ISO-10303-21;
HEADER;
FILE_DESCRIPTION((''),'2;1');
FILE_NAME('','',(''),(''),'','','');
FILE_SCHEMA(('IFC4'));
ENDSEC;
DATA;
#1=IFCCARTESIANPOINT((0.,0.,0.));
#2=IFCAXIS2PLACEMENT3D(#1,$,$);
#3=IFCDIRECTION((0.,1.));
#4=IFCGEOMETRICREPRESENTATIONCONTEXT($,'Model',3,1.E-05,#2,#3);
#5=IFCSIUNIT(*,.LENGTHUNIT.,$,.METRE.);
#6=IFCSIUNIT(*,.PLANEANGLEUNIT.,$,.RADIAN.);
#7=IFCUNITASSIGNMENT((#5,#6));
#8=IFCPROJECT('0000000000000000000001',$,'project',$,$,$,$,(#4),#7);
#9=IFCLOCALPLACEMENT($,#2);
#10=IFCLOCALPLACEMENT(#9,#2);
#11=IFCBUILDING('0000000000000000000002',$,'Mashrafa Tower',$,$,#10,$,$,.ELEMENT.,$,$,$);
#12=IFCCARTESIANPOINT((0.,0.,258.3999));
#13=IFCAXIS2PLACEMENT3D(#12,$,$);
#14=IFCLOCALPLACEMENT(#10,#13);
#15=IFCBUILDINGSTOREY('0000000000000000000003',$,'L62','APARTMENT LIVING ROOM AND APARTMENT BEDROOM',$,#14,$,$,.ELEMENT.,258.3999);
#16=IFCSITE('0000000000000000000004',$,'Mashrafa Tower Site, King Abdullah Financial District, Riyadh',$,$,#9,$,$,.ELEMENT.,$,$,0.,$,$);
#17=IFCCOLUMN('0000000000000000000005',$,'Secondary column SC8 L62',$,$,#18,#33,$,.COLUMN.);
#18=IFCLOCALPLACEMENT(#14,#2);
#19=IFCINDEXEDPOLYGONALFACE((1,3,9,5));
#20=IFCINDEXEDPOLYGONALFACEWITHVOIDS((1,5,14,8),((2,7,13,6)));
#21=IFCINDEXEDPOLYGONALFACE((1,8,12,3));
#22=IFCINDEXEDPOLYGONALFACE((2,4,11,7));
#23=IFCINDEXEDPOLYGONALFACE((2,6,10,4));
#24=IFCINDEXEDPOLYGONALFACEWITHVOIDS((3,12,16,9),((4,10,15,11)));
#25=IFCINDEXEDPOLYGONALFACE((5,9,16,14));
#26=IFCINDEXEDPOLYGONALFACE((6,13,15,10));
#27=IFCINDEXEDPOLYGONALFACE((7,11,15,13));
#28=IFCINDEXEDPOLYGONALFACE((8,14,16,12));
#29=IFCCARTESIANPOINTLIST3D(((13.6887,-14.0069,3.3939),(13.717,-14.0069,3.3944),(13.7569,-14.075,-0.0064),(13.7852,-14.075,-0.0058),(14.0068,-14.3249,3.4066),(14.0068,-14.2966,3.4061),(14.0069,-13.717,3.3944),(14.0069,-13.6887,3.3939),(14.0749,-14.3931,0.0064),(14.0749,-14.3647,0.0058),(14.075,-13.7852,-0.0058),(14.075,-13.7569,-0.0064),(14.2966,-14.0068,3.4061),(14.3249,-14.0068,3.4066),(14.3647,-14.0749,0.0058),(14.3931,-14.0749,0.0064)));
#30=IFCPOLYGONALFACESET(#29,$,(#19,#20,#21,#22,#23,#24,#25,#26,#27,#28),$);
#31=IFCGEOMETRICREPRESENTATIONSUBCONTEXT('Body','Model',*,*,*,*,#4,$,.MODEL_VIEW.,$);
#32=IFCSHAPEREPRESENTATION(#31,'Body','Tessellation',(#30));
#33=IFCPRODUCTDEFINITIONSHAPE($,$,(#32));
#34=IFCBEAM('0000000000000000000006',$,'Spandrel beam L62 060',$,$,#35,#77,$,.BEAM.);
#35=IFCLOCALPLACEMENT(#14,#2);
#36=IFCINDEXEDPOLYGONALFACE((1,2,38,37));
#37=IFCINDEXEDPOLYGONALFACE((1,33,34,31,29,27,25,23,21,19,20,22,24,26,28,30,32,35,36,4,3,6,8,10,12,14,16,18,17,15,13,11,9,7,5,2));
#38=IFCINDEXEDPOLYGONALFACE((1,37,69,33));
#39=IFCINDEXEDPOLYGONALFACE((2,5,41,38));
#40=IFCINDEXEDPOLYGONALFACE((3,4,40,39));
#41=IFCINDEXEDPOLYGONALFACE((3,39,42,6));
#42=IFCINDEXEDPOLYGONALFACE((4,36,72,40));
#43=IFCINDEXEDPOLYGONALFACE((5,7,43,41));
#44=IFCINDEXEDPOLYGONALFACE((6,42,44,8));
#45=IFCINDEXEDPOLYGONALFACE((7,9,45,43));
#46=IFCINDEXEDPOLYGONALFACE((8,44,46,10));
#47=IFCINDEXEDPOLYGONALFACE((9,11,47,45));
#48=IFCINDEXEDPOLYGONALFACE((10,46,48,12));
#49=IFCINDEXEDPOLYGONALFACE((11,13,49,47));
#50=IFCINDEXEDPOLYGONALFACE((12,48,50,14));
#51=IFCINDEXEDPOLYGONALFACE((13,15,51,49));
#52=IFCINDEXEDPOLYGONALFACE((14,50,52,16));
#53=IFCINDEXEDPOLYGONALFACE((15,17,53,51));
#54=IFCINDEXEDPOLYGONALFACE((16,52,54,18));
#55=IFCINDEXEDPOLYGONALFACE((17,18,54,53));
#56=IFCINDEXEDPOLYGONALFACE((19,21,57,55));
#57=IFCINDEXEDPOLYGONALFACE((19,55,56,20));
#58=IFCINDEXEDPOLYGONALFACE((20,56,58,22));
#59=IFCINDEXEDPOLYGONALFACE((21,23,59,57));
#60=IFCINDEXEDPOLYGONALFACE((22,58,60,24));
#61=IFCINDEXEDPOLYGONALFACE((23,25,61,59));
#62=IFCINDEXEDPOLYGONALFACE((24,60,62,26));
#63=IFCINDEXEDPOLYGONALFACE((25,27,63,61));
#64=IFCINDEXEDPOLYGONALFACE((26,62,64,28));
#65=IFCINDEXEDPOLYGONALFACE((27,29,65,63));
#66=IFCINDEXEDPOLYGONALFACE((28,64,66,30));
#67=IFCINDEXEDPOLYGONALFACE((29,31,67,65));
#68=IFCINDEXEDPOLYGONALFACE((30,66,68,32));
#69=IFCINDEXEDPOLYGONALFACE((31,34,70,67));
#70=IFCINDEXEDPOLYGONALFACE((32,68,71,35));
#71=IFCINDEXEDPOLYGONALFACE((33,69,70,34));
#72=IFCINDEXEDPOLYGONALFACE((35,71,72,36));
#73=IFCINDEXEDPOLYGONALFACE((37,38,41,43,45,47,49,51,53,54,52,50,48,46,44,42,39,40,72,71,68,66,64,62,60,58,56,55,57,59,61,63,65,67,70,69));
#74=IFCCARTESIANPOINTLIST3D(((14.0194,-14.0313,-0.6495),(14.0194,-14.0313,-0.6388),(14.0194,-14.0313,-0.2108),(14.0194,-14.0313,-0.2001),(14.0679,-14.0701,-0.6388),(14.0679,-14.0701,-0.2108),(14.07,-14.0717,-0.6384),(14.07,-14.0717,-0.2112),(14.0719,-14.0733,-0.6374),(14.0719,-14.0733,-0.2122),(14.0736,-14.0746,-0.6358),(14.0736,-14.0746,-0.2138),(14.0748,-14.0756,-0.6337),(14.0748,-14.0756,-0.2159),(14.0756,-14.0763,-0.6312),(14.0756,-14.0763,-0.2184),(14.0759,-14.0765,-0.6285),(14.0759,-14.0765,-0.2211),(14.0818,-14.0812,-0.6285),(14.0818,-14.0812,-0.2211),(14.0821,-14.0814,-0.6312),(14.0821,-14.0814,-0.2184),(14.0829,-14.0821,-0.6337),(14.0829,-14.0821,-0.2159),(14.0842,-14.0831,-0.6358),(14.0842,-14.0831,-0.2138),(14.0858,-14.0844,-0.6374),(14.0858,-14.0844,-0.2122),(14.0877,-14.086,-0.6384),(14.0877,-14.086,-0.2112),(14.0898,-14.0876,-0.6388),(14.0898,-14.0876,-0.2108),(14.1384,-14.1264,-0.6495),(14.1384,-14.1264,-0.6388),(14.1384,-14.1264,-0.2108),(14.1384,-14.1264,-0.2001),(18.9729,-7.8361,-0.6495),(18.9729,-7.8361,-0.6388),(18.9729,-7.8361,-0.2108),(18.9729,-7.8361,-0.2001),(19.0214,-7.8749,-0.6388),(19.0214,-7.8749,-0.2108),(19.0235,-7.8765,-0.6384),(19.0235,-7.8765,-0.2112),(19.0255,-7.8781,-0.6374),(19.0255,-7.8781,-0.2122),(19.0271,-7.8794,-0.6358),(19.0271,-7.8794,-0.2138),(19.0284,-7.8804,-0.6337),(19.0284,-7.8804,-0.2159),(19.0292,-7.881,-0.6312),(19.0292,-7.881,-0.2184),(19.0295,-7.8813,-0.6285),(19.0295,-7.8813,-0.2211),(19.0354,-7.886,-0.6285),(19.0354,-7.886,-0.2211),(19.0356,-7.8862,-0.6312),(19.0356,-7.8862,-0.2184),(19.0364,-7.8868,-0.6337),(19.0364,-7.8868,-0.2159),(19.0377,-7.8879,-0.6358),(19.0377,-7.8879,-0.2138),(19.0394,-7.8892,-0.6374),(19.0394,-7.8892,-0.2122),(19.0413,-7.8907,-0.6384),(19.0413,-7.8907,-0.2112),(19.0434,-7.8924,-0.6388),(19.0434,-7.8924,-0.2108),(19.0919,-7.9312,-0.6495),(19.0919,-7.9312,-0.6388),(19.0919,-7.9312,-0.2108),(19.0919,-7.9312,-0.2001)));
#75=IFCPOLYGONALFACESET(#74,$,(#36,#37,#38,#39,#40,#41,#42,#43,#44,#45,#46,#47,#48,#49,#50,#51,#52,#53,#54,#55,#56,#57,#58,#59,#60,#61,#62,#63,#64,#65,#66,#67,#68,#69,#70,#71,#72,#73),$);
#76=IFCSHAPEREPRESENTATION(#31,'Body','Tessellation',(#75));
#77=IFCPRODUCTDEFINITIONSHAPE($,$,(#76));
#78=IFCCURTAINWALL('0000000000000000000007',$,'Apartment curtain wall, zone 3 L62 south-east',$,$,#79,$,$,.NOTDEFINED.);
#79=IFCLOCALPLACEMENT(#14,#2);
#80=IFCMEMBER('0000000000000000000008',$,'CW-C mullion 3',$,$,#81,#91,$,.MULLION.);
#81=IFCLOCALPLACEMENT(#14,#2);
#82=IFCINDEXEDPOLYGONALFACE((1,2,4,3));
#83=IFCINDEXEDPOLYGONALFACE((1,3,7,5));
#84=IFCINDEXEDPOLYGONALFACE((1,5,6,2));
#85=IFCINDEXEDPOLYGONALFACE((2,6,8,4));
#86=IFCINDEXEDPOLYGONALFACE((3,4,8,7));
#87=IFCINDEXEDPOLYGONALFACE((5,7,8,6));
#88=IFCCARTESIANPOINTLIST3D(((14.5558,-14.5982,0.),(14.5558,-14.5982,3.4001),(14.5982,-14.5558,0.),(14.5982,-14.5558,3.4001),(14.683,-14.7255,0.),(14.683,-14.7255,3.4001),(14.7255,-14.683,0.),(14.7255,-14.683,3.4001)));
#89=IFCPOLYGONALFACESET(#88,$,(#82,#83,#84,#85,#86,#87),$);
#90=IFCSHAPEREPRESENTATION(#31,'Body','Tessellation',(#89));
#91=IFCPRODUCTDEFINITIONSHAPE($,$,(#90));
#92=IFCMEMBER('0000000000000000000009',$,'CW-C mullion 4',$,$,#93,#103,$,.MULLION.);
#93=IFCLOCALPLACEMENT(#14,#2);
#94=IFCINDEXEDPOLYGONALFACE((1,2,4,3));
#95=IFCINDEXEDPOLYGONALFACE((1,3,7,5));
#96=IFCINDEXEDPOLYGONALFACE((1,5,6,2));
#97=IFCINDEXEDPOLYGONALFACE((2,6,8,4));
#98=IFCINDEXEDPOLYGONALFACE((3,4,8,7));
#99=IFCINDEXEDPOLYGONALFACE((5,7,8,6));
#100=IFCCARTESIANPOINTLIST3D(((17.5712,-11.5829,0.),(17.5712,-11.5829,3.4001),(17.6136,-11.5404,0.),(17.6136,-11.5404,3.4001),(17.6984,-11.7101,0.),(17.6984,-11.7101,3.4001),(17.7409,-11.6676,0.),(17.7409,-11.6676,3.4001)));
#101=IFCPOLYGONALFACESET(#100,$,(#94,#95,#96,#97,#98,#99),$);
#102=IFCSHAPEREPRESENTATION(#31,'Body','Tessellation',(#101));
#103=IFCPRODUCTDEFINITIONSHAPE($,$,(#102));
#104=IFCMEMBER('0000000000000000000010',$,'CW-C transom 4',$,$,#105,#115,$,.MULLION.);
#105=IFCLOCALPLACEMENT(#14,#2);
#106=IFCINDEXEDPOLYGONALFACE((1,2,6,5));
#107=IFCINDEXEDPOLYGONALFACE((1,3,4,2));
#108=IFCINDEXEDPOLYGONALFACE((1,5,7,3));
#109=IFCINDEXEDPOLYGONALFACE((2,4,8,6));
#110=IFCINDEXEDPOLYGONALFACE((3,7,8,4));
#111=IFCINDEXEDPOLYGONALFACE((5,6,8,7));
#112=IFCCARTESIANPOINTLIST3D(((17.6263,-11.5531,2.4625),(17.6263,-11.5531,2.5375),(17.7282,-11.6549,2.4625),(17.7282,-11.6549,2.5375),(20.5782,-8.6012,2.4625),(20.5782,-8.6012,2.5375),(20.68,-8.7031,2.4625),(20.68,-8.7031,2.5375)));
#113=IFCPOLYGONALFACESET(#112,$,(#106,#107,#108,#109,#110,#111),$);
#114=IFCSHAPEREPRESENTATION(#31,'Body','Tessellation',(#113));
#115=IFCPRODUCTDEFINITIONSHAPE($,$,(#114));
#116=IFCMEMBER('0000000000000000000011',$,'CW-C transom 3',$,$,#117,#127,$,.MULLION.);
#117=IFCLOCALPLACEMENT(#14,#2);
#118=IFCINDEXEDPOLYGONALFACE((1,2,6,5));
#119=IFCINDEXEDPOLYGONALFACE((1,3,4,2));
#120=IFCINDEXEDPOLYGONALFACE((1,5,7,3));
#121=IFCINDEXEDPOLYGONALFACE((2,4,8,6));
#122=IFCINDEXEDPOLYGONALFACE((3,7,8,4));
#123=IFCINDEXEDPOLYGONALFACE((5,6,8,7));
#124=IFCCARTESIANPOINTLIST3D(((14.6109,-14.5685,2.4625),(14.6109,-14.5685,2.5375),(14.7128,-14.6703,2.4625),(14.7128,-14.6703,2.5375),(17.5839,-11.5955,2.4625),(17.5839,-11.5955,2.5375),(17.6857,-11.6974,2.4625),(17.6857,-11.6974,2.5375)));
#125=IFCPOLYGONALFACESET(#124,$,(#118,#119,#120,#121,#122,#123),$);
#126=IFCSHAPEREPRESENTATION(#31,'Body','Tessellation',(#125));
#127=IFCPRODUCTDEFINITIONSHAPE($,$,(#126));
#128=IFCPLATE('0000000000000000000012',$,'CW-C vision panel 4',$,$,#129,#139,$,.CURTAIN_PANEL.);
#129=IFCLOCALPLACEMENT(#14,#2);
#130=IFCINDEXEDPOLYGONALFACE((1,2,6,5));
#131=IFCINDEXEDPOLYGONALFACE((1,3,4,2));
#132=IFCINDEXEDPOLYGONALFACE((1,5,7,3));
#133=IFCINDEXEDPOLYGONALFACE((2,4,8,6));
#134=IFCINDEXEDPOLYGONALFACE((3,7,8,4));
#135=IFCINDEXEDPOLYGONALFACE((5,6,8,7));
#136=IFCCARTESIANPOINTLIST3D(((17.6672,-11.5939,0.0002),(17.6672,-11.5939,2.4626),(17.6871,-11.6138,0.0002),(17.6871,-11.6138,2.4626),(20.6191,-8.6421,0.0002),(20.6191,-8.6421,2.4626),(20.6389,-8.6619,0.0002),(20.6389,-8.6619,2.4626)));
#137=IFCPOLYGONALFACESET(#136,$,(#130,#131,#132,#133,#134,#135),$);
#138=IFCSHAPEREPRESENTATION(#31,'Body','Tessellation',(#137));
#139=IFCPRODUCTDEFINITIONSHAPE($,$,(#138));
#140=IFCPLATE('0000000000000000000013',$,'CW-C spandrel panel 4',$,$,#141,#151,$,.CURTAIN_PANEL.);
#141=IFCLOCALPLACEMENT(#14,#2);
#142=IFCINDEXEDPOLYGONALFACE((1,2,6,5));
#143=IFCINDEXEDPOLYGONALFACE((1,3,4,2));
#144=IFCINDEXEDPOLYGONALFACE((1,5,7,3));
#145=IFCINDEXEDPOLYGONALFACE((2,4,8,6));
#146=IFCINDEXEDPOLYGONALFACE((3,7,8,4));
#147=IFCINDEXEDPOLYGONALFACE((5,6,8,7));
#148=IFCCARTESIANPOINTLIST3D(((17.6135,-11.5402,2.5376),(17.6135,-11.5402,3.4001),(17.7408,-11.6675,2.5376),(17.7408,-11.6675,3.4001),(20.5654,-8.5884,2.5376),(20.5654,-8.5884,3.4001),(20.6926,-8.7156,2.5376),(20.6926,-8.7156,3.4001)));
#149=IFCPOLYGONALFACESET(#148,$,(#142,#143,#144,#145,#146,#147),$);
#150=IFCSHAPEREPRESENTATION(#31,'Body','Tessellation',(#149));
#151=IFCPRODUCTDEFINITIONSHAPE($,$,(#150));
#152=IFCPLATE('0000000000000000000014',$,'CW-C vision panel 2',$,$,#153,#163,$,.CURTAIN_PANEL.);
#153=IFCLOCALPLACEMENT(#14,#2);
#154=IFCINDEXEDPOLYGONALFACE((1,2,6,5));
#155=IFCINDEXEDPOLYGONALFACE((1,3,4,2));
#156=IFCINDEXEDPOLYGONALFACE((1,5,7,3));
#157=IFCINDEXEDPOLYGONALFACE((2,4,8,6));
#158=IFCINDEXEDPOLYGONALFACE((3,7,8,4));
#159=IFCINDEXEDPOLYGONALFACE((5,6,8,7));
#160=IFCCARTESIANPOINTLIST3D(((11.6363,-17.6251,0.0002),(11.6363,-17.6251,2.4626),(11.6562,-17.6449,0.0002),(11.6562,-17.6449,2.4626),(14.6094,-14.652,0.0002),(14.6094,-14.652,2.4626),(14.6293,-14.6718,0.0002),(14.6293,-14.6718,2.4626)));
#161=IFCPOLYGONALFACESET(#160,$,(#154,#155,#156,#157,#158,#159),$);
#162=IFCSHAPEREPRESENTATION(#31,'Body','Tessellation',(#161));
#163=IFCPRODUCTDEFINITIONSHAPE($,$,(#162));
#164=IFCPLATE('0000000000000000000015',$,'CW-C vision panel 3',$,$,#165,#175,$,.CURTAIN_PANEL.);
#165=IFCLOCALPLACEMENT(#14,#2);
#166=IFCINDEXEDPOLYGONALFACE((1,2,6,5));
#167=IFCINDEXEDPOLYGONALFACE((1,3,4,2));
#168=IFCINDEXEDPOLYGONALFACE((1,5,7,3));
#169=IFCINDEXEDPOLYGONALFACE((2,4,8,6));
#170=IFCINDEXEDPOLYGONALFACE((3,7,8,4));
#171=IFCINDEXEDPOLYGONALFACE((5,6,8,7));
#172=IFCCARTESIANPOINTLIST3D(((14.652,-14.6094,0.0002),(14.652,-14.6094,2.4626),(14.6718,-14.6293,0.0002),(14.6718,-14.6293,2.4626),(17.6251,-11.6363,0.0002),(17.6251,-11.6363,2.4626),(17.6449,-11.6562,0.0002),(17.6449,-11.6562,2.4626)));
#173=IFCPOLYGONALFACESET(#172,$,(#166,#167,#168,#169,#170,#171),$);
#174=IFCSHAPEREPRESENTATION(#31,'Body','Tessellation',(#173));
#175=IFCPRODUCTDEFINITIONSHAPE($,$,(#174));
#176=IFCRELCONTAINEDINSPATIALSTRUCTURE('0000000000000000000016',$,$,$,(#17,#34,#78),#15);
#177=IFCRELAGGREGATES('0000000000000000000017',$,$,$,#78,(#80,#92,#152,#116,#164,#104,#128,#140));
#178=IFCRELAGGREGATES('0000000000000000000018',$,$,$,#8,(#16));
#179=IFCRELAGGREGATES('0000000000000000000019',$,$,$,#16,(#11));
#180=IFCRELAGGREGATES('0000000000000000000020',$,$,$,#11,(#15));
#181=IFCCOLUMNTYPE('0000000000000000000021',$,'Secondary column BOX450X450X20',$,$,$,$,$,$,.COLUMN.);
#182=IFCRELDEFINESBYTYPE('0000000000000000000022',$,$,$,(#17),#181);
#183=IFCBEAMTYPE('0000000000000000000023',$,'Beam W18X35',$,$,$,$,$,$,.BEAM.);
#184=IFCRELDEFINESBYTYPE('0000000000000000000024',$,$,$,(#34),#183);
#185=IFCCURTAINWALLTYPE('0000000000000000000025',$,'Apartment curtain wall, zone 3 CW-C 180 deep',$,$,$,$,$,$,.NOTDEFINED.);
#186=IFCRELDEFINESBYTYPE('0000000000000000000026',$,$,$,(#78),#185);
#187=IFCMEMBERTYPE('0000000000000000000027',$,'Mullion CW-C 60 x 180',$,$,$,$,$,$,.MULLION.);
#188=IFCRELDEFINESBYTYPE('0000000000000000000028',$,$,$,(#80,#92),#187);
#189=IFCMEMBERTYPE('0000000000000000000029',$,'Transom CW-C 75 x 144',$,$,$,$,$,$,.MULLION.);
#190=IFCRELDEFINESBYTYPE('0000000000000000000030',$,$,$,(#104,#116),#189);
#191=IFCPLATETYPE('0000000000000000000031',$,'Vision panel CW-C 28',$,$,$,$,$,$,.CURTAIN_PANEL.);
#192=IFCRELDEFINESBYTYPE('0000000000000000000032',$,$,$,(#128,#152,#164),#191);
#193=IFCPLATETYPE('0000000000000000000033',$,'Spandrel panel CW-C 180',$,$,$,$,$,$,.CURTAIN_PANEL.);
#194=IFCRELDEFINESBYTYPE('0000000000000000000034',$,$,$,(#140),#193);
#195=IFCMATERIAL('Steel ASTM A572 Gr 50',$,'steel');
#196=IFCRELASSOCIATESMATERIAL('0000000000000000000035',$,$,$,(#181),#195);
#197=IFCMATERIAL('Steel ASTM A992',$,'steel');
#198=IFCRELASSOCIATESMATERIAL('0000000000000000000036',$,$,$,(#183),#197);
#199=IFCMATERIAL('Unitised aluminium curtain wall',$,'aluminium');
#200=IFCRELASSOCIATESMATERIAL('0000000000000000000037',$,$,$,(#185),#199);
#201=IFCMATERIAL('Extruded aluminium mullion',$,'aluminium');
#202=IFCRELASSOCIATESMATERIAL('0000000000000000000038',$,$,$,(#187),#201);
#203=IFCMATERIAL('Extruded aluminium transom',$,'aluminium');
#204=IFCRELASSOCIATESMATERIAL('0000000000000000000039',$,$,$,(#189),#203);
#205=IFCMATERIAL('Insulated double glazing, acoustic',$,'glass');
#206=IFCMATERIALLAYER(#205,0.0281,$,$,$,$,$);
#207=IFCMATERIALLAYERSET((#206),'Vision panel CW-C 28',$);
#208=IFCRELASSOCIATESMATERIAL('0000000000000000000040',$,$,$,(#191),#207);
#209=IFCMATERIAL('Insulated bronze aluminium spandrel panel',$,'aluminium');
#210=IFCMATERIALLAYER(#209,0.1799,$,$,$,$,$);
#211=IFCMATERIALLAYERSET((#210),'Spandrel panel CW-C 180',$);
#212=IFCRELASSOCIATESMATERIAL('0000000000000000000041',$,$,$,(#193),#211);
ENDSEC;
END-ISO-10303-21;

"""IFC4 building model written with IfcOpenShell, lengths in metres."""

from ifc_helpers import new_model, si_unit, direction, frame, origin, origin_2d, place, context, subcontext, project, spatial, rectangle, hollow_rectangle, i_section, extrude, source, transform, mapped, material, layer, layer_set, material_profile, profile_set, type_object, type_shapes, element, aggregate, save


model = new_model("IFC4")

# Units and contexts
model_context = context("Model", 3, precision=1e-05, world=origin(), true_north=direction((0.0, 1.0)))
body_context = subcontext(model_context, "Body", "Model", "MODEL_VIEW")
ifc_project = project(units=[si_unit("LENGTHUNIT", "METRE"), si_unit("PLANEANGLEUNIT", "RADIAN")], contexts=[model_context])

# Site, building, storey
site_placement = place(None, origin())
site = spatial("IfcSite", under=ifc_project, at=site_placement, Name="Mashrafa Tower Site, King Abdullah Financial District, Riyadh", CompositionType="ELEMENT", RefElevation=0.0)
building_placement = place(site_placement, origin())
building = spatial("IfcBuilding", under=site, at=building_placement, Name="Mashrafa Tower", CompositionType="ELEMENT")
storey_placement = place(building_placement, frame((0.0, 0.0, 258.3999)))
storey = spatial("IfcBuildingStorey", under=building, at=storey_placement, Name="L62", Description="APARTMENT LIVING ROOM AND APARTMENT BEDROOM", CompositionType="ELEMENT", Elevation=258.3999)

# Column
ifc_material_1 = material(Name="Steel ASTM A572 Gr 50", Category="steel")
ifc_material_profile_1 = material_profile(ifc_material_1, hollow_rectangle(XDim=0.45, YDim=0.45, WallThickness=0.02, at=origin_2d()), Name="BOX450X450X20")
ifc_profile_set_1 = profile_set([ifc_material_profile_1], Name="Steel ASTM A572 Gr 50")
column_type = type_object("IfcColumnType", Name="Secondary column BOX450X450X20", PredefinedType="COLUMN", material=ifc_profile_set_1)
column_placement = place(storey_placement, frame((14.075, -14.075, 0.0), z_axis=(-0.020025, 0.020025, 0.999599), x_axis=(-0.707107, -0.707107, 0.0)))
element("IfcColumn", 1, at=column_placement, inside=storey, type_object=column_type, Name="Secondary column SC8 L62", PredefinedType="COLUMN", context=body_context, shape_type="SweptSolid", body=[
    extrude(hollow_rectangle(XDim=0.45, YDim=0.45, WallThickness=0.02, at=origin_2d()), origin(), (0.0, 0.0, 1.0), 3.4016),
])

# Beam
ifc_material_2 = material(Name="Steel ASTM A992", Category="steel")
ifc_material_profile_2 = material_profile(ifc_material_2, i_section(OverallWidth=0.1523, OverallDepth=0.4495, WebThickness=0.0076, FlangeThickness=0.0107, FilletRadius=0.0103, at=origin_2d()), Name="W18X35")
ifc_profile_set_2 = profile_set([ifc_material_profile_2], Name="Steel ASTM A992")
beam_type = type_object("IfcBeamType", Name="Beam W18X35", PredefinedType="BEAM", material=ifc_profile_set_2)
beam_placement = place(storey_placement, frame((14.0789, -14.0789, -0.4248), z_axis=(0.624492, 0.781031, 0.0), x_axis=(-0.781031, 0.624492, 0.0)))
element("IfcBeam", 2, at=beam_placement, inside=storey, type_object=beam_type, Name="Spandrel beam L62 060", PredefinedType="BEAM", context=body_context, shape_type="SweptSolid", body=[
    extrude(i_section(OverallWidth=0.1523, OverallDepth=0.4495, WebThickness=0.0076, FlangeThickness=0.0107, FilletRadius=0.0103, at=origin_2d()), origin(), (0.0, 0.0, 1.0), 7.9321),
])

# Curtain wall, members, plates
ifc_material_3 = material(Name="Unitised aluminium curtain wall", Category="aluminium")
curtain_wall_type = type_object("IfcCurtainWallType", Name="Apartment curtain wall, zone 3 CW-C 180 deep", PredefinedType="NOTDEFINED", material=ifc_material_3)
curtain_wall_placement = place(storey_placement, origin())
curtain_wall = element("IfcCurtainWall", 3, at=curtain_wall_placement, inside=storey, type_object=curtain_wall_type, Name="Apartment curtain wall, zone 3 L62 south-east", PredefinedType="NOTDEFINED")
ifc_material_4 = material(Name="Extruded aluminium mullion", Category="aluminium")
ifc_material_profile_3 = material_profile(ifc_material_4, rectangle(XDim=0.1799, YDim=0.0601, at=origin_2d()), Name="Mullion 60x180")
ifc_profile_set_3 = profile_set([ifc_material_profile_3], Name="Extruded aluminium mullion")
member_type_1 = type_object("IfcMemberType", Name="Mullion CW-C 60 x 180", PredefinedType="MULLION", material=ifc_profile_set_3)
shared_shape_1 = source(origin(), body_context, "Body", "SweptSolid", [
    extrude(rectangle(XDim=0.1799, YDim=0.0601, at=origin_2d()), origin(), (0.0, 0.0, 1.0), 3.4001),
])
type_shapes(member_type_1, [shared_shape_1])
member_1_placement = place(storey_placement, frame((14.6406, -14.6406, 0.0), z_axis=(0.0, 0.0, 1.0), x_axis=(-0.707107, 0.707107, 0.0)))
member_1 = element("IfcMember", 4, at=member_1_placement, type_object=member_type_1, Name="CW-C mullion 3", PredefinedType="MULLION", context=body_context, shape_type="MappedRepresentation", body=[
    mapped(shared_shape_1, transform((0.0, 0.0, 0.0))),
])
member_2_placement = place(storey_placement, frame((17.656, -11.6252, 0.0), z_axis=(0.0, 0.0, 1.0), x_axis=(-0.707107, 0.707107, 0.0)))
member_2 = element("IfcMember", 5, at=member_2_placement, type_object=member_type_1, Name="CW-C mullion 4", PredefinedType="MULLION", context=body_context, shape_type="MappedRepresentation", body=[
    mapped(shared_shape_1, transform((0.0, 0.0, 0.0))),
])
ifc_material_5 = material(Name="Extruded aluminium transom", Category="aluminium")
ifc_material_profile_4 = material_profile(ifc_material_5, rectangle(XDim=0.144, YDim=0.075, at=origin_2d()), Name="Transom 75x144")
ifc_profile_set_4 = profile_set([ifc_material_profile_4], Name="Extruded aluminium transom")
member_type_2 = type_object("IfcMemberType", Name="Transom CW-C 75 x 144", PredefinedType="MULLION", material=ifc_profile_set_4)
shared_shape_2 = source(origin(), body_context, "Body", "SweptSolid", [
    extrude(rectangle(XDim=0.144, YDim=0.075, at=origin_2d()), origin(), (0.0, 0.0, 1.0), 4.1746),
])
member_3_placement = place(storey_placement, frame((17.6772, -11.604, 2.5), z_axis=(0.707107, 0.707107, 0.0), x_axis=(-0.707107, 0.707107, 0.0)))
member_3 = element("IfcMember", 6, at=member_3_placement, type_object=member_type_2, Name="CW-C transom 4", PredefinedType="MULLION", context=body_context, shape_type="MappedRepresentation", body=[
    mapped(shared_shape_2, transform((0.0, 0.0, 0.0))),
])
shared_shape_3 = source(origin(), body_context, "Body", "SweptSolid", [
    extrude(rectangle(XDim=0.144, YDim=0.075, at=origin_2d()), origin(), (0.0, 0.0, 1.0), 4.2043),
])
type_shapes(member_type_2, [shared_shape_2, shared_shape_3])
member_4_placement = place(storey_placement, frame((14.6619, -14.6194, 2.5), z_axis=(0.707107, 0.707107, 0.0), x_axis=(-0.707107, 0.707107, 0.0)))
member_4 = element("IfcMember", 7, at=member_4_placement, type_object=member_type_2, Name="CW-C transom 3", PredefinedType="MULLION", context=body_context, shape_type="MappedRepresentation", body=[
    mapped(shared_shape_3, transform((0.0, 0.0, 0.0))),
])
ifc_material_6 = material(Name="Insulated double glazing, acoustic", Category="glass")
ifc_layer_1 = layer(ifc_material_6, 0.0281)
ifc_layer_set_1 = layer_set([ifc_layer_1], Name="Vision panel CW-C 28")
plate_type_1 = type_object("IfcPlateType", Name="Vision panel CW-C 28", PredefinedType="CURTAIN_PANEL", material=ifc_layer_set_1)
shared_shape_4 = source(origin(), body_context, "Body", "SweptSolid", [
    extrude(rectangle(XDim=4.1746, YDim=0.0281, at=origin_2d()), origin(), (0.0, 0.0, 1.0), 2.4624),
])
plate_1_placement = place(storey_placement, frame((19.1531, -10.1279, 0.0002), z_axis=(0.0, 0.0, 1.0), x_axis=(0.707107, 0.707107, 0.0)))
plate_1 = element("IfcPlate", 8, at=plate_1_placement, type_object=plate_type_1, Name="CW-C vision panel 4", PredefinedType="CURTAIN_PANEL", context=body_context, shape_type="MappedRepresentation", body=[
    mapped(shared_shape_4, transform((0.0, 0.0, 0.0))),
])
ifc_material_7 = material(Name="Insulated bronze aluminium spandrel panel", Category="aluminium")
ifc_layer_2 = layer(ifc_material_7, 0.1799)
ifc_layer_set_2 = layer_set([ifc_layer_2], Name="Spandrel panel CW-C 180")
plate_type_2 = type_object("IfcPlateType", Name="Spandrel panel CW-C 180", PredefinedType="CURTAIN_PANEL", material=ifc_layer_set_2)
shared_shape_5 = source(origin(), body_context, "Body", "SweptSolid", [
    extrude(rectangle(XDim=4.1746, YDim=0.1799, at=origin_2d()), origin(), (0.0, 0.0, 1.0), 0.8625),
])
plate_2_placement = place(storey_placement, frame((19.1531, -10.1279, 2.5376), z_axis=(0.0, 0.0, 1.0), x_axis=(0.707107, 0.707107, 0.0)))
plate_2 = element("IfcPlate", 9, at=plate_2_placement, type_object=plate_type_2, Name="CW-C spandrel panel 4", PredefinedType="CURTAIN_PANEL", context=body_context, shape_type="MappedRepresentation", body=[
    mapped(shared_shape_5, transform((0.0, 0.0, 0.0))),
])
shared_shape_6 = source(origin(), body_context, "Body", "SweptSolid", [
    extrude(rectangle(XDim=4.2046, YDim=0.0281, at=origin_2d()), origin(), (0.0, 0.0, 1.0), 2.4624),
])
type_shapes(plate_type_1, [shared_shape_4, shared_shape_6])
plate_3_placement = place(storey_placement, frame((13.1328, -16.1484, 0.0002), z_axis=(0.0, 0.0, 1.0), x_axis=(0.707107, 0.707107, 0.0)))
plate_3 = element("IfcPlate", 10, at=plate_3_placement, type_object=plate_type_1, Name="CW-C vision panel 2", PredefinedType="CURTAIN_PANEL", context=body_context, shape_type="MappedRepresentation", body=[
    mapped(shared_shape_6, transform((0.0, 0.0, 0.0))),
])
plate_4_placement = place(storey_placement, frame((16.1484, -13.1328, 0.0002), z_axis=(0.0, 0.0, 1.0), x_axis=(0.707107, 0.707107, 0.0)))
plate_4 = element("IfcPlate", 11, at=plate_4_placement, type_object=plate_type_1, Name="CW-C vision panel 3", PredefinedType="CURTAIN_PANEL", context=body_context, shape_type="MappedRepresentation", body=[
    mapped(shared_shape_6, transform((0.0, 0.0, 0.0))),
])
aggregate(curtain_wall, [member_1, member_2, plate_3, member_4, plate_4, member_3, plate_1, plate_2])

save(model, "model.ifc")
